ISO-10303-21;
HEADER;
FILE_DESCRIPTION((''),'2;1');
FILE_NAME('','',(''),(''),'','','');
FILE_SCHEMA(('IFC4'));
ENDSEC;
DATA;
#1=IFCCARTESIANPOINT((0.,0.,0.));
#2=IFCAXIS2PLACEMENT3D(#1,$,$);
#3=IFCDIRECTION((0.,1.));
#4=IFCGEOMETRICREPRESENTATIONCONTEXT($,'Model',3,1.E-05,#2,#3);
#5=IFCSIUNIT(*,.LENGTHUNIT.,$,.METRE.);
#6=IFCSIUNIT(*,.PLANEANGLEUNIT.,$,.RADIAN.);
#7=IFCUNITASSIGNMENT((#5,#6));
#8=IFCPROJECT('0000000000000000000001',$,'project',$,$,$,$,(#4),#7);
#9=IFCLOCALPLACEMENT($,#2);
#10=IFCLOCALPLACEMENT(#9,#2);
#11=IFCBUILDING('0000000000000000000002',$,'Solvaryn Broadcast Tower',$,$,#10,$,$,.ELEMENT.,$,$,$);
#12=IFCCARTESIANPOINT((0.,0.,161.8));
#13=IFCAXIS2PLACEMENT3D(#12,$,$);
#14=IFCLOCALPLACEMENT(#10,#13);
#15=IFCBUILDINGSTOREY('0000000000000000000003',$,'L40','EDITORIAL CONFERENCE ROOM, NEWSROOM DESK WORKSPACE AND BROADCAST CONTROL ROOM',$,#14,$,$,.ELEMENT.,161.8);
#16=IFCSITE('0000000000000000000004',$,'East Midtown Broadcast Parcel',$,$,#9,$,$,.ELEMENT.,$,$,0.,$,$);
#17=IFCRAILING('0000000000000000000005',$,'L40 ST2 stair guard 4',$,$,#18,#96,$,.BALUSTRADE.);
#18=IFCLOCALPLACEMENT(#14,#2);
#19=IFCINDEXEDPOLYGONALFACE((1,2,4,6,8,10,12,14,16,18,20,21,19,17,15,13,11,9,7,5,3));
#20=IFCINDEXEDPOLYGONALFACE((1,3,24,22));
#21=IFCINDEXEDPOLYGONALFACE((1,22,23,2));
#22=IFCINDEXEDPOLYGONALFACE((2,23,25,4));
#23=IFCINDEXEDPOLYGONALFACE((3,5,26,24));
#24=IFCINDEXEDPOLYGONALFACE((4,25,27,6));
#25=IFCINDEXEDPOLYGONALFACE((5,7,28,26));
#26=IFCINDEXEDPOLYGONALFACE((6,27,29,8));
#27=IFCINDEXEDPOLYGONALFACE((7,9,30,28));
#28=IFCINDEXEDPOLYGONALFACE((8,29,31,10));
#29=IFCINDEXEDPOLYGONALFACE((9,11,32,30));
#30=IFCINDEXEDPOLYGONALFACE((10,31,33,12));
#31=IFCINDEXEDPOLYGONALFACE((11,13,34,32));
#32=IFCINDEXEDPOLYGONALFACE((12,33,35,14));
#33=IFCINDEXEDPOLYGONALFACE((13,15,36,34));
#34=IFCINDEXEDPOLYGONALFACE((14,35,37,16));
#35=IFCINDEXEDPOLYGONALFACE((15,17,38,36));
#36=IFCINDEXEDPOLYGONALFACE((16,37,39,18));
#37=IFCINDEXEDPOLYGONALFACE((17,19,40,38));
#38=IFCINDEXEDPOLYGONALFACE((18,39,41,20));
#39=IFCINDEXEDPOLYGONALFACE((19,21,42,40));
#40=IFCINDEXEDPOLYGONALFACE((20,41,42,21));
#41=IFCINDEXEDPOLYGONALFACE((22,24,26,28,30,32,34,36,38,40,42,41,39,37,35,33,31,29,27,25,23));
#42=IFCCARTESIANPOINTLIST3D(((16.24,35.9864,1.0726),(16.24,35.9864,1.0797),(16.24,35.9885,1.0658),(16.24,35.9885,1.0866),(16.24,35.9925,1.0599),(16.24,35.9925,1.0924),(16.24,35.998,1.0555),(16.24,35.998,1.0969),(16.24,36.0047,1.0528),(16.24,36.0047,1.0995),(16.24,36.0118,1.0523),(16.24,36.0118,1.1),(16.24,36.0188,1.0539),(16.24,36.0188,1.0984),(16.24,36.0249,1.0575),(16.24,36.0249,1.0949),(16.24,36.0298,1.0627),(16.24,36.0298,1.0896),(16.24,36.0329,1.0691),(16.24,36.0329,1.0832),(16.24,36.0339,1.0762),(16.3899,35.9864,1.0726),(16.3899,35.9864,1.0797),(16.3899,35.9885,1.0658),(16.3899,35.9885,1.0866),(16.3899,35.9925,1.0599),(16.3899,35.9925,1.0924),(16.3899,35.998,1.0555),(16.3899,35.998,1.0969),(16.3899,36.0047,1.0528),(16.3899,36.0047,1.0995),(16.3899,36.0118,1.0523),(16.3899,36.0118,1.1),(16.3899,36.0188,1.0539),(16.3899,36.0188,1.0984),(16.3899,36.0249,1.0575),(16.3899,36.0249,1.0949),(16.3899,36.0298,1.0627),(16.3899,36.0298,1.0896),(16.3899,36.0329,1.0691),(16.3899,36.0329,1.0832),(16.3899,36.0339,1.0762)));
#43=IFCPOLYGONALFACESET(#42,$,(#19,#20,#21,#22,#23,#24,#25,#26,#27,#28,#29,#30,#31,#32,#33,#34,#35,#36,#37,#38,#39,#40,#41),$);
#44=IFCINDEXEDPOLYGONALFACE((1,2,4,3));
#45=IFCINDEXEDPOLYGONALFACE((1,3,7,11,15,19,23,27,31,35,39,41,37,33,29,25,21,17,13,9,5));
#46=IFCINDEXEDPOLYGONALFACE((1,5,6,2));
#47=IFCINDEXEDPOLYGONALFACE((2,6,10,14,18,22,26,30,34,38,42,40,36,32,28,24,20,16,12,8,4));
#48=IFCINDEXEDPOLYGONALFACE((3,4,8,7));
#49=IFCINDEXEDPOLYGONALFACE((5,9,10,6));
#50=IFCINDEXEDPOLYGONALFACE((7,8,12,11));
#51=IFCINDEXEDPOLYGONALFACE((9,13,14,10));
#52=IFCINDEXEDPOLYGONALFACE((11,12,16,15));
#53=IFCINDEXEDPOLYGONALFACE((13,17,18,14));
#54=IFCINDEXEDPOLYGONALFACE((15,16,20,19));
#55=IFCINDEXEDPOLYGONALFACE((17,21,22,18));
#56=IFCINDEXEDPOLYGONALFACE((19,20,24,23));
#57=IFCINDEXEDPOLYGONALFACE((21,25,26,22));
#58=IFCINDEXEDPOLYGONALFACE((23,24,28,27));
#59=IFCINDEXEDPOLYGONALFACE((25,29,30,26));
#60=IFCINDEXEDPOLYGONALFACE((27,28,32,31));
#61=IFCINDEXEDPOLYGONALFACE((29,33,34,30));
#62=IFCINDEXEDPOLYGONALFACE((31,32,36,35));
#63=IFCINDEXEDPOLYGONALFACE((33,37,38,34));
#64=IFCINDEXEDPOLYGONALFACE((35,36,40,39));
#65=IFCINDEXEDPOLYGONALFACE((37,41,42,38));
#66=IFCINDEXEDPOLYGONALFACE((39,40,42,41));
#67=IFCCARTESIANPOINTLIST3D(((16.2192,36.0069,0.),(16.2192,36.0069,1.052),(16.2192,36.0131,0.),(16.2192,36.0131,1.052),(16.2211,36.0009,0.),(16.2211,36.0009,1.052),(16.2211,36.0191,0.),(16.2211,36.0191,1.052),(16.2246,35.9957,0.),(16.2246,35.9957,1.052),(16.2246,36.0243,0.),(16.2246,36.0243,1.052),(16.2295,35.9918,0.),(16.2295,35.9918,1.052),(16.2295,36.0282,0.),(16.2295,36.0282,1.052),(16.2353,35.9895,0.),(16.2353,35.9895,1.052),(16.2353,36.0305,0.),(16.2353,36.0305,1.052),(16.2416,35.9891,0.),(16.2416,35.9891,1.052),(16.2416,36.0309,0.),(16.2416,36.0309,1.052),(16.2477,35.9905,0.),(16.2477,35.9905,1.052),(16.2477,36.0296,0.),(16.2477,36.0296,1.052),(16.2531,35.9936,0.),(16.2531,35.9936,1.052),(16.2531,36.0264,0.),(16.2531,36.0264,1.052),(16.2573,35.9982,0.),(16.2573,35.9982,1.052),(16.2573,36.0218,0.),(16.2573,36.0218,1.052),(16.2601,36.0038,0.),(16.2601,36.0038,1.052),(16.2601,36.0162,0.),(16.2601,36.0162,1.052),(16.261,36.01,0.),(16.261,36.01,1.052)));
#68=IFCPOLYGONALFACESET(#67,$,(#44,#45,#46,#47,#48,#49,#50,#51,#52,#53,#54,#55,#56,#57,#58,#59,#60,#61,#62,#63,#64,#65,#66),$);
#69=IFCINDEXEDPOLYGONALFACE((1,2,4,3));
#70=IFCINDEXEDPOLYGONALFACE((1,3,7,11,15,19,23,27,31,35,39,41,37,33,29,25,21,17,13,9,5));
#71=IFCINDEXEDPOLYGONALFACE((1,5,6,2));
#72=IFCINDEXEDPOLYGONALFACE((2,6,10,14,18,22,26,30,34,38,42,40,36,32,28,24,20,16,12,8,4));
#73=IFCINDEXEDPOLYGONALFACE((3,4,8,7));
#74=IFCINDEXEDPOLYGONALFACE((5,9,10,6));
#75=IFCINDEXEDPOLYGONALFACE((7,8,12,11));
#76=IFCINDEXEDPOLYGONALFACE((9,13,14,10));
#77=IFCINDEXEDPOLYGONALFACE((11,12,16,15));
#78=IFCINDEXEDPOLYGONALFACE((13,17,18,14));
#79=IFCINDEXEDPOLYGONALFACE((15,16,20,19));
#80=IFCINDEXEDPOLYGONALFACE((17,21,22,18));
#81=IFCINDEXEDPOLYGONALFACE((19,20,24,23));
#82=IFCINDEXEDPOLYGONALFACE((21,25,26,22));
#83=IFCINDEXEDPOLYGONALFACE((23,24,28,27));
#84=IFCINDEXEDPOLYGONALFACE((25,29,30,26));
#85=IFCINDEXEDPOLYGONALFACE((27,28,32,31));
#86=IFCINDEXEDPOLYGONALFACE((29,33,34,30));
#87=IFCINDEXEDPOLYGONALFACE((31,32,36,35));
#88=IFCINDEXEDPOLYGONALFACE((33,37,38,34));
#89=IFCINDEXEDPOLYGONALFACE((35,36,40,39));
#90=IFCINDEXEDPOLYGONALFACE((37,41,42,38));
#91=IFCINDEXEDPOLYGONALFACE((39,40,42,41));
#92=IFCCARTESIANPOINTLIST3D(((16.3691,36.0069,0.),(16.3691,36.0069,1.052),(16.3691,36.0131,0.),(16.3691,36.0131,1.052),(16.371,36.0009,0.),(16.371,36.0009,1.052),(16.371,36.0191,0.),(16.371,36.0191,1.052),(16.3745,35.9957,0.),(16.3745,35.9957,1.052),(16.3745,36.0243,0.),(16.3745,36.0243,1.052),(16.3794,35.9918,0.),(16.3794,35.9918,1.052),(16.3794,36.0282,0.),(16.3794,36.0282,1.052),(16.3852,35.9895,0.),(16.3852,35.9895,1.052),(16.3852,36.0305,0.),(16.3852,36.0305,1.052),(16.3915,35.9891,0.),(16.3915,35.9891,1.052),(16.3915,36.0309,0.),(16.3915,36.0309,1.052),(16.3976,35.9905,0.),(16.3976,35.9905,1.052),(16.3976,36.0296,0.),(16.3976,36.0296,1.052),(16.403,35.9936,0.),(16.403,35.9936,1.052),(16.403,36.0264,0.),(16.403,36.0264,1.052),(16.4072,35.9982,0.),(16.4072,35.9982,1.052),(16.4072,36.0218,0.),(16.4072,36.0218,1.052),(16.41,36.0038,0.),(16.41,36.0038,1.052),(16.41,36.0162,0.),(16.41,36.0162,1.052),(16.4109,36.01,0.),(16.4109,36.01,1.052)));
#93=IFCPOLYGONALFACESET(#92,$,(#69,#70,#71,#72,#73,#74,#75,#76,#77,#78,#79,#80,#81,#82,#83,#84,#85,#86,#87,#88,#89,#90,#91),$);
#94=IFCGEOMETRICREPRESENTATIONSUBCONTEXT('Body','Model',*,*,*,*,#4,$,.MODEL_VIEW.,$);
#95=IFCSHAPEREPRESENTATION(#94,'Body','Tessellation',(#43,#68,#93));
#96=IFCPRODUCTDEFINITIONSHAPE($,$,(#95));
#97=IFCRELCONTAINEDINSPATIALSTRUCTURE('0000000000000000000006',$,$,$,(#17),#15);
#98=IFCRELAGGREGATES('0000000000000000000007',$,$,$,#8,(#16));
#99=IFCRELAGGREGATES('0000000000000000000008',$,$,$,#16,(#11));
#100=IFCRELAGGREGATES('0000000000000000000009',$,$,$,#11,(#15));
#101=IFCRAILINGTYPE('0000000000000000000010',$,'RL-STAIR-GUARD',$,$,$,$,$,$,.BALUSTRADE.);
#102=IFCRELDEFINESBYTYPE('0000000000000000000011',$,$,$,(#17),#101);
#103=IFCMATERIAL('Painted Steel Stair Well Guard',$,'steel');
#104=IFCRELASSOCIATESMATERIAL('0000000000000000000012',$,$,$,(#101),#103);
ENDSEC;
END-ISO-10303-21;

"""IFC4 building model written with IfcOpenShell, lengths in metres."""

from ifc_helpers import new_model, si_unit, direction, frame, origin, origin_2d, place, context, subcontext, project, spatial, circle, extrude, material, type_object, element, save


model = new_model("IFC4")

# Units and contexts
model_context = context("Model", 3, precision=1e-05, world=origin(), true_north=direction((0.0, 1.0)))
body_context = subcontext(model_context, "Body", "Model", "MODEL_VIEW")
ifc_project = project(units=[si_unit("LENGTHUNIT", "METRE"), si_unit("PLANEANGLEUNIT", "RADIAN")], contexts=[model_context])

# Site, building, storey
site_placement = place(None, origin())
site = spatial("IfcSite", under=ifc_project, at=site_placement, Name="East Midtown Broadcast Parcel", CompositionType="ELEMENT", RefElevation=0.0)
building_placement = place(site_placement, origin())
building = spatial("IfcBuilding", under=site, at=building_placement, Name="Solvaryn Broadcast Tower", CompositionType="ELEMENT")
storey_placement = place(building_placement, frame((0.0, 0.0, 161.8)))
storey = spatial("IfcBuildingStorey", under=building, at=storey_placement, Name="L40", Description="EDITORIAL CONFERENCE ROOM, NEWSROOM DESK WORKSPACE AND BROADCAST CONTROL ROOM", CompositionType="ELEMENT", Elevation=161.8)

# Railing
ifc_material_1 = material(Name="Painted Steel Stair Well Guard", Category="steel")
railing_type_1 = type_object("IfcRailingType", Name="RL-STAIR-GUARD", PredefinedType="BALUSTRADE", material=ifc_material_1)
railing_1_placement = place(storey_placement, frame((16.24, 36.01, 0.0)))
element("IfcRailing", 1, at=railing_1_placement, inside=storey, type_object=railing_type_1, Name="L40 ST2 stair guard 4", PredefinedType="BALUSTRADE", context=body_context, shape_type="SweptSolid", body=[
    extrude(circle(Radius=0.0239, at=origin_2d()), frame((0.0, 0.0, 1.0762), z_axis=(1.0, 0.0, 0.0), x_axis=(0.0, 1.0, 0.0)), (0.0, 0.0, 1.0), 0.1499),
    extrude(circle(Radius=0.021, at=origin_2d()), origin(), (0.0, 0.0, 1.0), 1.052),
    extrude(circle(Radius=0.021, at=origin_2d()), frame((0.1499, 0.0, 0.0)), (0.0, 0.0, 1.0), 1.052),
])

save(model, "model.ifc")
